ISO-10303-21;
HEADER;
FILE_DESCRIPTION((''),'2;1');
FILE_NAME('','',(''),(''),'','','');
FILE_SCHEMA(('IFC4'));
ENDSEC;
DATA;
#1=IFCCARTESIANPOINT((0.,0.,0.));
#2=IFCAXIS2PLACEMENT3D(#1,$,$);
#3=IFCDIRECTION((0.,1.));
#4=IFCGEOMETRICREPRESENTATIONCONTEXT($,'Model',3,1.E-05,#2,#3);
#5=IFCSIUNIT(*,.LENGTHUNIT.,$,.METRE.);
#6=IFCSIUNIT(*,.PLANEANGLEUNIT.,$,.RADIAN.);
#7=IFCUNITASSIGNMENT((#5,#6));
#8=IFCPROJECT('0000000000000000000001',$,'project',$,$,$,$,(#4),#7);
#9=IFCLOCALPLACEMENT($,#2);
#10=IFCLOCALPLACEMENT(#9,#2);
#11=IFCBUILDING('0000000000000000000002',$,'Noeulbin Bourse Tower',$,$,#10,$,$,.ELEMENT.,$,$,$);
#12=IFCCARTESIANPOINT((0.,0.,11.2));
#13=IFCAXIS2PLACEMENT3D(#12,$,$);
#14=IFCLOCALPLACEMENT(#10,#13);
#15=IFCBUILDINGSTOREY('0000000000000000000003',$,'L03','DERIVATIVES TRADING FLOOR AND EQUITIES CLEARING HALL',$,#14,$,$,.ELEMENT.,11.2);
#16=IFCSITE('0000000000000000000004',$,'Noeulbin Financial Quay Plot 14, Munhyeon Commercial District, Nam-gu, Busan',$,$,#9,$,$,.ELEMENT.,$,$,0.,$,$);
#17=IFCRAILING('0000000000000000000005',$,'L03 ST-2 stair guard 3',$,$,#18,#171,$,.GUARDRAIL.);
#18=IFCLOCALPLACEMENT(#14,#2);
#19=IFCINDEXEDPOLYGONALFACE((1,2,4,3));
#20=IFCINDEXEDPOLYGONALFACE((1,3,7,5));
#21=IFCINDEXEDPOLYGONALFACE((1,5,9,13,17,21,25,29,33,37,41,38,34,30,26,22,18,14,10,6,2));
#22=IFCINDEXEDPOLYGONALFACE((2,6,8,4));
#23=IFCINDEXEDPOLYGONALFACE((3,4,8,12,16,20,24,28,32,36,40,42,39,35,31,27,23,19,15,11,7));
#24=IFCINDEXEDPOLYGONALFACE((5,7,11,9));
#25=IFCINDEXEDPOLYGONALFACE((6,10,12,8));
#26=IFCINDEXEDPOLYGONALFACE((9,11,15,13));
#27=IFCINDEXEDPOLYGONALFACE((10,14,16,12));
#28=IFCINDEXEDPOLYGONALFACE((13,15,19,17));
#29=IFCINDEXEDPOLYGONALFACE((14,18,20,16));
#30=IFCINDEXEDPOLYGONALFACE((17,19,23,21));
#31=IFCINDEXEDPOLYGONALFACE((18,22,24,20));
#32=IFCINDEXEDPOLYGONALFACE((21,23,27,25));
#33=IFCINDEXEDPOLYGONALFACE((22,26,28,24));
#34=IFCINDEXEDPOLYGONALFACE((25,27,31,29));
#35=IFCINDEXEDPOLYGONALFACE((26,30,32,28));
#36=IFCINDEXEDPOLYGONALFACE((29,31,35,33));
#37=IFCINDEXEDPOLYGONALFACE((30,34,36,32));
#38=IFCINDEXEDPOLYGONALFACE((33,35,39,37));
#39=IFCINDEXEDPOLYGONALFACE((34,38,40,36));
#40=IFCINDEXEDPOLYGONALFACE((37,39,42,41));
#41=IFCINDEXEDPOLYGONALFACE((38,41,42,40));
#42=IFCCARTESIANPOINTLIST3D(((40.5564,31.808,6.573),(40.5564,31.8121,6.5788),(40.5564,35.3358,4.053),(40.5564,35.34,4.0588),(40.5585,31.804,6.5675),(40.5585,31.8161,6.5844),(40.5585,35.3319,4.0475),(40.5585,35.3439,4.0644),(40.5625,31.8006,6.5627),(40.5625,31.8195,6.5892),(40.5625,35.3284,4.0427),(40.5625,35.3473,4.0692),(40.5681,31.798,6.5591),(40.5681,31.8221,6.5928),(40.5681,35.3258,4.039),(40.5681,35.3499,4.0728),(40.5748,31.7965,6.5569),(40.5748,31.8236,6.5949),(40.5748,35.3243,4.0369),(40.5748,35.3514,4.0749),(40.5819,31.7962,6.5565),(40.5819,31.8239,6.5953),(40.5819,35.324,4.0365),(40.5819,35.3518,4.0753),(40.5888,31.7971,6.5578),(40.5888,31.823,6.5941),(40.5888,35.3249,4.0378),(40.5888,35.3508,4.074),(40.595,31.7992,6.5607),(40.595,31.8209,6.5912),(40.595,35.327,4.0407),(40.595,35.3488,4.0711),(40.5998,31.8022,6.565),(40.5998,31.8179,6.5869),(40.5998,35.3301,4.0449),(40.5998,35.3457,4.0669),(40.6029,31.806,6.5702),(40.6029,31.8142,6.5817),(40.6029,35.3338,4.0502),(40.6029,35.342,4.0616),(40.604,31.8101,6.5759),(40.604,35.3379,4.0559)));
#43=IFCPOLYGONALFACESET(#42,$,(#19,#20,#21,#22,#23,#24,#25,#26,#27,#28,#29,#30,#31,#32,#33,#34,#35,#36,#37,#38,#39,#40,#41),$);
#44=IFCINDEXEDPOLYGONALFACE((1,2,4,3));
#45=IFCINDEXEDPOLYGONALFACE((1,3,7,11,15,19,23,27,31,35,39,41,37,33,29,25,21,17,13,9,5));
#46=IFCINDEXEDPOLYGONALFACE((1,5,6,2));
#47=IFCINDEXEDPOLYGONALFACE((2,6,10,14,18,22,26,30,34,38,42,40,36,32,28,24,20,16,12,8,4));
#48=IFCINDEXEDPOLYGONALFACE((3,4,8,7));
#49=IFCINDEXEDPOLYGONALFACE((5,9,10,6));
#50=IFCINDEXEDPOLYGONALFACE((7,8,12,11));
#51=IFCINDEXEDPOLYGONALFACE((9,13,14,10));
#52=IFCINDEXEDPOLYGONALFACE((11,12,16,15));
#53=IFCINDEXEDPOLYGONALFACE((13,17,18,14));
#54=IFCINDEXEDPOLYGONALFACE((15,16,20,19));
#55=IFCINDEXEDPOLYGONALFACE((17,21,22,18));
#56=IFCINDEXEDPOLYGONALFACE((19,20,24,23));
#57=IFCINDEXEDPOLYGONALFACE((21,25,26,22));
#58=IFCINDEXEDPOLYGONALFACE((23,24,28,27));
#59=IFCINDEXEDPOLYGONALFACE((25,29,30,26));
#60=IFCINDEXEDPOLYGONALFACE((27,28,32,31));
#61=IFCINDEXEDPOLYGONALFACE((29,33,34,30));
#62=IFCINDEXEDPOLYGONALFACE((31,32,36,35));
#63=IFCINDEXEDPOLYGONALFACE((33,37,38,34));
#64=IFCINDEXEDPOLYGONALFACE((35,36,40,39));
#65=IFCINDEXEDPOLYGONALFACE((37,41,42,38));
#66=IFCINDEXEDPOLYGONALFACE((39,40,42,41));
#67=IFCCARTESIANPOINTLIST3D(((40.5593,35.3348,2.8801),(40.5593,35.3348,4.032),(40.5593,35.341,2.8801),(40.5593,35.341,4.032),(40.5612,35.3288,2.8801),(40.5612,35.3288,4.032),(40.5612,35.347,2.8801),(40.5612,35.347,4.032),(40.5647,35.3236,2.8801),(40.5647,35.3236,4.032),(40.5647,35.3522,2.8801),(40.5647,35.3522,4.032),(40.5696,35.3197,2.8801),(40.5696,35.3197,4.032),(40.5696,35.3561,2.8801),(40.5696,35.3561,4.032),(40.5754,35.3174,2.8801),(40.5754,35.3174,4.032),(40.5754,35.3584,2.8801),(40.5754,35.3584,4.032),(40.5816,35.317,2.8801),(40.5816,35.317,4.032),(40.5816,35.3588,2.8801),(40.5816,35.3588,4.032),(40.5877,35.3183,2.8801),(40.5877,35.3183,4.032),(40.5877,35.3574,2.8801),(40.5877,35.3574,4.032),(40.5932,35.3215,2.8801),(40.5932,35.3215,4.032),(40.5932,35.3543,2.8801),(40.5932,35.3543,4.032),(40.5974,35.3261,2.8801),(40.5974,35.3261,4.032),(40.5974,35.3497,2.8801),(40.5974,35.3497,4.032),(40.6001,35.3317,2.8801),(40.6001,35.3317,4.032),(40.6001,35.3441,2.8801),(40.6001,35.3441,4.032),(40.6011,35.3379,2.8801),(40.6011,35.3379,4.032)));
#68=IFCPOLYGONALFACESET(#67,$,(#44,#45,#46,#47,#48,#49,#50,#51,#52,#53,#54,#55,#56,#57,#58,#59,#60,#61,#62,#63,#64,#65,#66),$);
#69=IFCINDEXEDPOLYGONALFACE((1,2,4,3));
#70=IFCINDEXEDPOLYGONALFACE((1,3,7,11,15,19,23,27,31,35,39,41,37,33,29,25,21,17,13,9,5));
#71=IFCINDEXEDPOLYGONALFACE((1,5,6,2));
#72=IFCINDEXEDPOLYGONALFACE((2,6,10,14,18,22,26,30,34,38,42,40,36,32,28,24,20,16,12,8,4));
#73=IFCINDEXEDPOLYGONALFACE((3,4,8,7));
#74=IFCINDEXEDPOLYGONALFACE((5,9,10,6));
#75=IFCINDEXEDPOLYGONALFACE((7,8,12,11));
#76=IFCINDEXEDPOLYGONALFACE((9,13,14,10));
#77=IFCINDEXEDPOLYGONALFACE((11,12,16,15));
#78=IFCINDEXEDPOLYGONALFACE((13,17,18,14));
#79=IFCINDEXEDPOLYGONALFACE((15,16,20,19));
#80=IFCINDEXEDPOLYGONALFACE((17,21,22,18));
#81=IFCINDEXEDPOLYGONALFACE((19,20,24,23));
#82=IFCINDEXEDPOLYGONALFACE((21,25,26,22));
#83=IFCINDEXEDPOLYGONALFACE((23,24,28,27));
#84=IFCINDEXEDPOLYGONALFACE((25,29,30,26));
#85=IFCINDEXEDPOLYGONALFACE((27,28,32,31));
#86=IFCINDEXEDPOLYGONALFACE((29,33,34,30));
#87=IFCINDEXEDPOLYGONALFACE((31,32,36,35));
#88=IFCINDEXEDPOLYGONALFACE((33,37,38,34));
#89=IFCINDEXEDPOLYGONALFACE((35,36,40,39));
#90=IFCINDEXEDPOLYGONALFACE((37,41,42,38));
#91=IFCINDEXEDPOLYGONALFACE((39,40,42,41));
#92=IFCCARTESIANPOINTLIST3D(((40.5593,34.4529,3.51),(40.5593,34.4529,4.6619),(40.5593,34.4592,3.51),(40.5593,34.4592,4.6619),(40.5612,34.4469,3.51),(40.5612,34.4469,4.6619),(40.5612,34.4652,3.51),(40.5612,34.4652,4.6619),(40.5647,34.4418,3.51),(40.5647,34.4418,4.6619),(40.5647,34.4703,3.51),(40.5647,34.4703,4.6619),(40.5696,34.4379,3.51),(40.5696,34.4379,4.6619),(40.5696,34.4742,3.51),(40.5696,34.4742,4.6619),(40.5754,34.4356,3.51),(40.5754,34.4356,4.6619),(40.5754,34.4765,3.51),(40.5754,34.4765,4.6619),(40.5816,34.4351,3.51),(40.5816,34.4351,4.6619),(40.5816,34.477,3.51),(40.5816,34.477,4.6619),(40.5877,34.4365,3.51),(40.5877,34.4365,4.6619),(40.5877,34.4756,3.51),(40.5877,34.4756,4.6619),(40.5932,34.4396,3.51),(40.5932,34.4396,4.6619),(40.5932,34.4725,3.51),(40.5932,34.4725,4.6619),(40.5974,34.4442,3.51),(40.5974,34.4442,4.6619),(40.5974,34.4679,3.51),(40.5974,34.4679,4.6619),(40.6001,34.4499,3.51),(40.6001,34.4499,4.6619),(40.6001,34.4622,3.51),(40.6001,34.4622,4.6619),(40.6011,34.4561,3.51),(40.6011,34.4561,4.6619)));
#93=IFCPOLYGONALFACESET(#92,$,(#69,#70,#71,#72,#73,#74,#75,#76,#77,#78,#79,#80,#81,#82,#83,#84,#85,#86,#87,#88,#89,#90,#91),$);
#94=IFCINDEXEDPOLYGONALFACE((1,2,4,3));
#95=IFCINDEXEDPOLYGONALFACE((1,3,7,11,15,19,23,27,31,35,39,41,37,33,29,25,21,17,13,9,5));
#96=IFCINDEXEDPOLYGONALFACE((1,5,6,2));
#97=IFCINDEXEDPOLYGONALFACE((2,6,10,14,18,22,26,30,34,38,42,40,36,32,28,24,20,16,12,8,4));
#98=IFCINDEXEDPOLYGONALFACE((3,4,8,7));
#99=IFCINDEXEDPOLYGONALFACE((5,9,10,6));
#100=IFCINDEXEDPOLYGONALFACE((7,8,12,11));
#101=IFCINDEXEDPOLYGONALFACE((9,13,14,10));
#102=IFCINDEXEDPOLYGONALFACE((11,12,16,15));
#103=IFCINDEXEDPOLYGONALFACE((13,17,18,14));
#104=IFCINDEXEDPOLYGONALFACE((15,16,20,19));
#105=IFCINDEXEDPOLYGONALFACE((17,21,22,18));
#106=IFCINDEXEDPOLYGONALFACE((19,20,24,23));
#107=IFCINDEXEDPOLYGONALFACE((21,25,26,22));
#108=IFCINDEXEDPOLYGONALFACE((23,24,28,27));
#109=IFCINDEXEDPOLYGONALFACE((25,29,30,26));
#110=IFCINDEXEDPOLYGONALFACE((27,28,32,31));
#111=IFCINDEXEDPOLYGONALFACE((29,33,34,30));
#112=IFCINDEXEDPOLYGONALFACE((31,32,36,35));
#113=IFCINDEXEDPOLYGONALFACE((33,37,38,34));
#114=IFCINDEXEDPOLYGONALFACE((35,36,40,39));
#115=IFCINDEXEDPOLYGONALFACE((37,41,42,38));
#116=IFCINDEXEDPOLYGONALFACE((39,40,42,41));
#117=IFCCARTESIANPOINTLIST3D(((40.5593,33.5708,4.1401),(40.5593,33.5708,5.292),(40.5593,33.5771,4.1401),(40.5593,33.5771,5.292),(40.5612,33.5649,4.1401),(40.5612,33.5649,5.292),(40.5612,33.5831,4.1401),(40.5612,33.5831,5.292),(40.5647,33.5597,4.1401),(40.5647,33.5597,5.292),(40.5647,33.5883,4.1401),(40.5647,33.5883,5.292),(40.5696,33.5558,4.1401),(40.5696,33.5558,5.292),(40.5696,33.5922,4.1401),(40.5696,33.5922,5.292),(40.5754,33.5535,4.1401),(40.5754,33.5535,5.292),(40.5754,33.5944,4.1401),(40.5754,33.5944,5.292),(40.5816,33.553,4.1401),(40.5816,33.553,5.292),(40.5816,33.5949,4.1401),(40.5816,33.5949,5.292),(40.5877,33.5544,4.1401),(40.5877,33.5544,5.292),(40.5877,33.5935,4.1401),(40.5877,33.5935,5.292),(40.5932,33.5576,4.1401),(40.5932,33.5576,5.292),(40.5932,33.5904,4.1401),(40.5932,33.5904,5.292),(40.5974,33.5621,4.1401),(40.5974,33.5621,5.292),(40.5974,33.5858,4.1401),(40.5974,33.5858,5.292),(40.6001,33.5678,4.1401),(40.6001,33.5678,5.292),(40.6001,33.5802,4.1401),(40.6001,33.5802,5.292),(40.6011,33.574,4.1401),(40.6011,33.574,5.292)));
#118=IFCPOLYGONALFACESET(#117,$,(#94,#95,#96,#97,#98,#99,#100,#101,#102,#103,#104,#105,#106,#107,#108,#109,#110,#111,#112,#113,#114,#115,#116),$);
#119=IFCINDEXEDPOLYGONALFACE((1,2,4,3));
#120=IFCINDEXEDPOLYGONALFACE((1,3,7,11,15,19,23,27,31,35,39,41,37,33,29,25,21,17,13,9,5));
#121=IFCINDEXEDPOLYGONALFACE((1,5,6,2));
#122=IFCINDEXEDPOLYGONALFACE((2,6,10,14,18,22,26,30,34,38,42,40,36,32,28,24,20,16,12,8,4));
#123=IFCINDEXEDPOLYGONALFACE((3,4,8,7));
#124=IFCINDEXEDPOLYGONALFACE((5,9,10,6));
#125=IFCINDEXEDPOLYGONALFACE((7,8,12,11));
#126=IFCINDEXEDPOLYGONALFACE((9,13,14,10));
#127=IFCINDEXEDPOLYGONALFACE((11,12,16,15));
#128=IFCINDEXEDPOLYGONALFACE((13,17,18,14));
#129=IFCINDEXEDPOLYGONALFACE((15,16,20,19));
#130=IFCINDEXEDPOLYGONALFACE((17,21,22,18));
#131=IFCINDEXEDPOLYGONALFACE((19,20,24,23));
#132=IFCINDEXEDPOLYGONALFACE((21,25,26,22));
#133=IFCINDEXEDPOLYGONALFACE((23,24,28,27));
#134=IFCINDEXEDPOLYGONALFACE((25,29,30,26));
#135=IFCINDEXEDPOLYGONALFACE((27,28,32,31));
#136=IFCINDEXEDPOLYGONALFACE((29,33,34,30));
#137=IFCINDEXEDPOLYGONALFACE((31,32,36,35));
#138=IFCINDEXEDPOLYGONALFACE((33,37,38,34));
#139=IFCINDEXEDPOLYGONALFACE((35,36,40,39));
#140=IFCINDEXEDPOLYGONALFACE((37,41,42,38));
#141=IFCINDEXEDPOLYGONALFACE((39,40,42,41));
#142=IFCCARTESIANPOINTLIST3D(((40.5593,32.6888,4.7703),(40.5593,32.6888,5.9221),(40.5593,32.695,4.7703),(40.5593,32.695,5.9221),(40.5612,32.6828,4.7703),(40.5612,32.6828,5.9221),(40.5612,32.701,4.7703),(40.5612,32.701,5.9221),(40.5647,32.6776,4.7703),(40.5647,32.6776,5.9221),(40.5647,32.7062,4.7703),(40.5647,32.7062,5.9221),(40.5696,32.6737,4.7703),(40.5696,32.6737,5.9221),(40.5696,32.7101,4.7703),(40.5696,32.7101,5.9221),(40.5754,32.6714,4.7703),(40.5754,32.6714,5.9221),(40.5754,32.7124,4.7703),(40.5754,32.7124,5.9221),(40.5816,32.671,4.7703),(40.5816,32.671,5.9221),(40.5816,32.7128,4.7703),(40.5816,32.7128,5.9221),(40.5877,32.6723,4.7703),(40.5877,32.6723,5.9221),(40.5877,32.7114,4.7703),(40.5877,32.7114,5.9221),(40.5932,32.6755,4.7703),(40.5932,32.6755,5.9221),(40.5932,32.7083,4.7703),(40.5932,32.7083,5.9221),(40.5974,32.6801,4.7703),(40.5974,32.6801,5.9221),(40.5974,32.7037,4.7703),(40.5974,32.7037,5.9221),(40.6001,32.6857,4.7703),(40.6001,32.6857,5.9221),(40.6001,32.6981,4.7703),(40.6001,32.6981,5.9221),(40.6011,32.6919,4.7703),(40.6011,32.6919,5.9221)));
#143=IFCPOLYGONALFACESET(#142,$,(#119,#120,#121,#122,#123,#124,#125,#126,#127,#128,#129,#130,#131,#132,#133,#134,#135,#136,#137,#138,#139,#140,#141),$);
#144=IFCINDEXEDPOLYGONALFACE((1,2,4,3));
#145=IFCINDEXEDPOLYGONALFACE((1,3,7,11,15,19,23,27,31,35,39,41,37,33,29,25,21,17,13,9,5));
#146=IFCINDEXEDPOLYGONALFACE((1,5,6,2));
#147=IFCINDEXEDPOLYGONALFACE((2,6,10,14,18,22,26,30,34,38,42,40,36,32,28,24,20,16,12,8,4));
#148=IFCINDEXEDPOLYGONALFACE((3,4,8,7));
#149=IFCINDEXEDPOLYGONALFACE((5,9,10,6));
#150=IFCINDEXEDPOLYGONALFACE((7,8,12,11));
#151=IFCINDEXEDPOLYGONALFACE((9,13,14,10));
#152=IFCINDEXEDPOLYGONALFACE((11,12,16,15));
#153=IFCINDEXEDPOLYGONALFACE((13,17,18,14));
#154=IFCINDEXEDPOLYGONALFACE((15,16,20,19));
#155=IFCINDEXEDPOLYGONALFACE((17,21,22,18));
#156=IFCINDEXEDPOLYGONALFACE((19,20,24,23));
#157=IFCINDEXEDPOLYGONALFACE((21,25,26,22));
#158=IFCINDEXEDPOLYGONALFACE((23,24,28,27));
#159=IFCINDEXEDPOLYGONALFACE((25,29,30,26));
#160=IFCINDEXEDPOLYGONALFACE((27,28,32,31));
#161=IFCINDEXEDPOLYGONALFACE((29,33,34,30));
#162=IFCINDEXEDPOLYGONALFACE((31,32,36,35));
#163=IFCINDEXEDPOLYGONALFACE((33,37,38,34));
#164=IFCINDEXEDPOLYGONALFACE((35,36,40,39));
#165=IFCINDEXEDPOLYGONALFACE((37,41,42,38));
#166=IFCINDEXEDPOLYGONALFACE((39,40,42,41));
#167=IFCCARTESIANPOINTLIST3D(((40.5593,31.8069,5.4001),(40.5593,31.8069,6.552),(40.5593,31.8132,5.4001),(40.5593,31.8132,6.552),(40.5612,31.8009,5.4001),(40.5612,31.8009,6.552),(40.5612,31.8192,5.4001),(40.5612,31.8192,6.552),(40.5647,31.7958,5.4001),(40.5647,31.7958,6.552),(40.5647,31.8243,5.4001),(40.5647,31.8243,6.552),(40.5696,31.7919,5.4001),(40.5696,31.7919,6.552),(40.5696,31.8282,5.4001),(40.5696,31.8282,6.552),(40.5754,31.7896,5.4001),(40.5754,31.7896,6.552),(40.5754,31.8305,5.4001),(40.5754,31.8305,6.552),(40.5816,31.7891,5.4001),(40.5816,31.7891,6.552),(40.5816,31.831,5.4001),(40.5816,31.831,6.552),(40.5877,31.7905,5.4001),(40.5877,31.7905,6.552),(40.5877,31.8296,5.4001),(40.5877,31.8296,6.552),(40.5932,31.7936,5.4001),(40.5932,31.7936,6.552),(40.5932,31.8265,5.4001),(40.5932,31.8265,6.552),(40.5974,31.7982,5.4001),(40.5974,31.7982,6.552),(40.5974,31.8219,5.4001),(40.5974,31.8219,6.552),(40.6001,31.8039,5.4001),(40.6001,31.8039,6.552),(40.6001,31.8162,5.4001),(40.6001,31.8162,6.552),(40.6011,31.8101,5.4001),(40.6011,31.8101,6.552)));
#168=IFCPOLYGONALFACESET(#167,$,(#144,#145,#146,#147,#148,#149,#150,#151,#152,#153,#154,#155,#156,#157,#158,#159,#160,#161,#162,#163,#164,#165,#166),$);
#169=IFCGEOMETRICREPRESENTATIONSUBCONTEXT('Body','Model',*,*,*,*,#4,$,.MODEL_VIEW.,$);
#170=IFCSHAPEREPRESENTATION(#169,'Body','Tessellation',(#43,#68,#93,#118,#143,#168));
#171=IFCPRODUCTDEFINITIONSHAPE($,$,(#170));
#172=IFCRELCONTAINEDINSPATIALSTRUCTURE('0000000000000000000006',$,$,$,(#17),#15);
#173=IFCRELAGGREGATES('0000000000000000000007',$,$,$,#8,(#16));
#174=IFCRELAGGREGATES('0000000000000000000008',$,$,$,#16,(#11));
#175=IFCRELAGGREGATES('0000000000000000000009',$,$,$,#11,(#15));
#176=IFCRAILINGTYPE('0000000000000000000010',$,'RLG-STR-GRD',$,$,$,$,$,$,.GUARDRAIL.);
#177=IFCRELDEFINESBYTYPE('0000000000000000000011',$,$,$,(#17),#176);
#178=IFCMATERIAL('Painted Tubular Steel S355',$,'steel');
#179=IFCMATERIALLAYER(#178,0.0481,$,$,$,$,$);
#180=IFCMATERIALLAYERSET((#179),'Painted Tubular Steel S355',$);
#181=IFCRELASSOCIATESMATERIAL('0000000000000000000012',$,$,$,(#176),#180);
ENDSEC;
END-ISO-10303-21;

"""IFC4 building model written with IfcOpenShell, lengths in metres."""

from ifc_helpers import new_model, si_unit, direction, frame, origin, origin_2d, place, context, subcontext, project, spatial, circle, extrude, material, layer, layer_set, type_object, element, save


model = new_model("IFC4")

# Units and contexts
model_context = context("Model", 3, precision=1e-05, world=origin(), true_north=direction((0.0, 1.0)))
body_context = subcontext(model_context, "Body", "Model", "MODEL_VIEW")
ifc_project = project(units=[si_unit("LENGTHUNIT", "METRE"), si_unit("PLANEANGLEUNIT", "RADIAN")], contexts=[model_context])

# Site, building, storey
site_placement = place(None, origin())
site = spatial("IfcSite", under=ifc_project, at=site_placement, Name="Noeulbin Financial Quay Plot 14, Munhyeon Commercial District, Nam-gu, Busan", CompositionType="ELEMENT", RefElevation=0.0)
building_placement = place(site_placement, origin())
building = spatial("IfcBuilding", under=site, at=building_placement, Name="Noeulbin Bourse Tower", CompositionType="ELEMENT")
storey_placement = place(building_placement, frame((0.0, 0.0, 11.2)))
storey = spatial("IfcBuildingStorey", under=building, at=storey_placement, Name="L03", Description="DERIVATIVES TRADING FLOOR AND EQUITIES CLEARING HALL", CompositionType="ELEMENT", Elevation=11.2)

# Railing
ifc_material_1 = material(Name="Painted Tubular Steel S355", Category="steel")
ifc_layer_1 = layer(ifc_material_1, 0.0481)
ifc_layer_set_1 = layer_set([ifc_layer_1], Name="Painted Tubular Steel S355")
railing_type_1 = type_object("IfcRailingType", Name="RLG-STR-GRD", PredefinedType="GUARDRAIL", material=ifc_layer_set_1)
railing_1_placement = place(storey_placement, frame((40.5801, 35.3379, 2.8801)))
element("IfcRailing", 1, at=railing_1_placement, inside=storey, type_object=railing_type_1, Name="L03 ST-2 stair guard 3", PredefinedType="GUARDRAIL", context=body_context, shape_type="SweptSolid", body=[
    extrude(circle(Radius=0.0239, at=origin_2d()), frame((0.0, 0.0, 1.1758), z_axis=(0.0, -0.813718, 0.58126), x_axis=(1.0, 0.0, 0.0)), (0.0, 0.0, 1.0), 4.3354),
    extrude(circle(Radius=0.021, at=origin_2d()), origin(), (0.0, 0.0, 1.0), 1.1519),
    extrude(circle(Radius=0.021, at=origin_2d()), frame((0.0, -0.8818, 0.6299)), (0.0, 0.0, 1.0), 1.1519),
    extrude(circle(Radius=0.021, at=origin_2d()), frame((0.0, -1.7639, 1.26)), (0.0, 0.0, 1.0), 1.1519),
    extrude(circle(Radius=0.021, at=origin_2d()), frame((0.0, -2.646, 1.8901)), (0.0, 0.0, 1.0), 1.1519),
    extrude(circle(Radius=0.021, at=origin_2d()), frame((0.0, -3.5278, 2.52)), (0.0, 0.0, 1.0), 1.1519),
])

save(model, "model.ifc")
